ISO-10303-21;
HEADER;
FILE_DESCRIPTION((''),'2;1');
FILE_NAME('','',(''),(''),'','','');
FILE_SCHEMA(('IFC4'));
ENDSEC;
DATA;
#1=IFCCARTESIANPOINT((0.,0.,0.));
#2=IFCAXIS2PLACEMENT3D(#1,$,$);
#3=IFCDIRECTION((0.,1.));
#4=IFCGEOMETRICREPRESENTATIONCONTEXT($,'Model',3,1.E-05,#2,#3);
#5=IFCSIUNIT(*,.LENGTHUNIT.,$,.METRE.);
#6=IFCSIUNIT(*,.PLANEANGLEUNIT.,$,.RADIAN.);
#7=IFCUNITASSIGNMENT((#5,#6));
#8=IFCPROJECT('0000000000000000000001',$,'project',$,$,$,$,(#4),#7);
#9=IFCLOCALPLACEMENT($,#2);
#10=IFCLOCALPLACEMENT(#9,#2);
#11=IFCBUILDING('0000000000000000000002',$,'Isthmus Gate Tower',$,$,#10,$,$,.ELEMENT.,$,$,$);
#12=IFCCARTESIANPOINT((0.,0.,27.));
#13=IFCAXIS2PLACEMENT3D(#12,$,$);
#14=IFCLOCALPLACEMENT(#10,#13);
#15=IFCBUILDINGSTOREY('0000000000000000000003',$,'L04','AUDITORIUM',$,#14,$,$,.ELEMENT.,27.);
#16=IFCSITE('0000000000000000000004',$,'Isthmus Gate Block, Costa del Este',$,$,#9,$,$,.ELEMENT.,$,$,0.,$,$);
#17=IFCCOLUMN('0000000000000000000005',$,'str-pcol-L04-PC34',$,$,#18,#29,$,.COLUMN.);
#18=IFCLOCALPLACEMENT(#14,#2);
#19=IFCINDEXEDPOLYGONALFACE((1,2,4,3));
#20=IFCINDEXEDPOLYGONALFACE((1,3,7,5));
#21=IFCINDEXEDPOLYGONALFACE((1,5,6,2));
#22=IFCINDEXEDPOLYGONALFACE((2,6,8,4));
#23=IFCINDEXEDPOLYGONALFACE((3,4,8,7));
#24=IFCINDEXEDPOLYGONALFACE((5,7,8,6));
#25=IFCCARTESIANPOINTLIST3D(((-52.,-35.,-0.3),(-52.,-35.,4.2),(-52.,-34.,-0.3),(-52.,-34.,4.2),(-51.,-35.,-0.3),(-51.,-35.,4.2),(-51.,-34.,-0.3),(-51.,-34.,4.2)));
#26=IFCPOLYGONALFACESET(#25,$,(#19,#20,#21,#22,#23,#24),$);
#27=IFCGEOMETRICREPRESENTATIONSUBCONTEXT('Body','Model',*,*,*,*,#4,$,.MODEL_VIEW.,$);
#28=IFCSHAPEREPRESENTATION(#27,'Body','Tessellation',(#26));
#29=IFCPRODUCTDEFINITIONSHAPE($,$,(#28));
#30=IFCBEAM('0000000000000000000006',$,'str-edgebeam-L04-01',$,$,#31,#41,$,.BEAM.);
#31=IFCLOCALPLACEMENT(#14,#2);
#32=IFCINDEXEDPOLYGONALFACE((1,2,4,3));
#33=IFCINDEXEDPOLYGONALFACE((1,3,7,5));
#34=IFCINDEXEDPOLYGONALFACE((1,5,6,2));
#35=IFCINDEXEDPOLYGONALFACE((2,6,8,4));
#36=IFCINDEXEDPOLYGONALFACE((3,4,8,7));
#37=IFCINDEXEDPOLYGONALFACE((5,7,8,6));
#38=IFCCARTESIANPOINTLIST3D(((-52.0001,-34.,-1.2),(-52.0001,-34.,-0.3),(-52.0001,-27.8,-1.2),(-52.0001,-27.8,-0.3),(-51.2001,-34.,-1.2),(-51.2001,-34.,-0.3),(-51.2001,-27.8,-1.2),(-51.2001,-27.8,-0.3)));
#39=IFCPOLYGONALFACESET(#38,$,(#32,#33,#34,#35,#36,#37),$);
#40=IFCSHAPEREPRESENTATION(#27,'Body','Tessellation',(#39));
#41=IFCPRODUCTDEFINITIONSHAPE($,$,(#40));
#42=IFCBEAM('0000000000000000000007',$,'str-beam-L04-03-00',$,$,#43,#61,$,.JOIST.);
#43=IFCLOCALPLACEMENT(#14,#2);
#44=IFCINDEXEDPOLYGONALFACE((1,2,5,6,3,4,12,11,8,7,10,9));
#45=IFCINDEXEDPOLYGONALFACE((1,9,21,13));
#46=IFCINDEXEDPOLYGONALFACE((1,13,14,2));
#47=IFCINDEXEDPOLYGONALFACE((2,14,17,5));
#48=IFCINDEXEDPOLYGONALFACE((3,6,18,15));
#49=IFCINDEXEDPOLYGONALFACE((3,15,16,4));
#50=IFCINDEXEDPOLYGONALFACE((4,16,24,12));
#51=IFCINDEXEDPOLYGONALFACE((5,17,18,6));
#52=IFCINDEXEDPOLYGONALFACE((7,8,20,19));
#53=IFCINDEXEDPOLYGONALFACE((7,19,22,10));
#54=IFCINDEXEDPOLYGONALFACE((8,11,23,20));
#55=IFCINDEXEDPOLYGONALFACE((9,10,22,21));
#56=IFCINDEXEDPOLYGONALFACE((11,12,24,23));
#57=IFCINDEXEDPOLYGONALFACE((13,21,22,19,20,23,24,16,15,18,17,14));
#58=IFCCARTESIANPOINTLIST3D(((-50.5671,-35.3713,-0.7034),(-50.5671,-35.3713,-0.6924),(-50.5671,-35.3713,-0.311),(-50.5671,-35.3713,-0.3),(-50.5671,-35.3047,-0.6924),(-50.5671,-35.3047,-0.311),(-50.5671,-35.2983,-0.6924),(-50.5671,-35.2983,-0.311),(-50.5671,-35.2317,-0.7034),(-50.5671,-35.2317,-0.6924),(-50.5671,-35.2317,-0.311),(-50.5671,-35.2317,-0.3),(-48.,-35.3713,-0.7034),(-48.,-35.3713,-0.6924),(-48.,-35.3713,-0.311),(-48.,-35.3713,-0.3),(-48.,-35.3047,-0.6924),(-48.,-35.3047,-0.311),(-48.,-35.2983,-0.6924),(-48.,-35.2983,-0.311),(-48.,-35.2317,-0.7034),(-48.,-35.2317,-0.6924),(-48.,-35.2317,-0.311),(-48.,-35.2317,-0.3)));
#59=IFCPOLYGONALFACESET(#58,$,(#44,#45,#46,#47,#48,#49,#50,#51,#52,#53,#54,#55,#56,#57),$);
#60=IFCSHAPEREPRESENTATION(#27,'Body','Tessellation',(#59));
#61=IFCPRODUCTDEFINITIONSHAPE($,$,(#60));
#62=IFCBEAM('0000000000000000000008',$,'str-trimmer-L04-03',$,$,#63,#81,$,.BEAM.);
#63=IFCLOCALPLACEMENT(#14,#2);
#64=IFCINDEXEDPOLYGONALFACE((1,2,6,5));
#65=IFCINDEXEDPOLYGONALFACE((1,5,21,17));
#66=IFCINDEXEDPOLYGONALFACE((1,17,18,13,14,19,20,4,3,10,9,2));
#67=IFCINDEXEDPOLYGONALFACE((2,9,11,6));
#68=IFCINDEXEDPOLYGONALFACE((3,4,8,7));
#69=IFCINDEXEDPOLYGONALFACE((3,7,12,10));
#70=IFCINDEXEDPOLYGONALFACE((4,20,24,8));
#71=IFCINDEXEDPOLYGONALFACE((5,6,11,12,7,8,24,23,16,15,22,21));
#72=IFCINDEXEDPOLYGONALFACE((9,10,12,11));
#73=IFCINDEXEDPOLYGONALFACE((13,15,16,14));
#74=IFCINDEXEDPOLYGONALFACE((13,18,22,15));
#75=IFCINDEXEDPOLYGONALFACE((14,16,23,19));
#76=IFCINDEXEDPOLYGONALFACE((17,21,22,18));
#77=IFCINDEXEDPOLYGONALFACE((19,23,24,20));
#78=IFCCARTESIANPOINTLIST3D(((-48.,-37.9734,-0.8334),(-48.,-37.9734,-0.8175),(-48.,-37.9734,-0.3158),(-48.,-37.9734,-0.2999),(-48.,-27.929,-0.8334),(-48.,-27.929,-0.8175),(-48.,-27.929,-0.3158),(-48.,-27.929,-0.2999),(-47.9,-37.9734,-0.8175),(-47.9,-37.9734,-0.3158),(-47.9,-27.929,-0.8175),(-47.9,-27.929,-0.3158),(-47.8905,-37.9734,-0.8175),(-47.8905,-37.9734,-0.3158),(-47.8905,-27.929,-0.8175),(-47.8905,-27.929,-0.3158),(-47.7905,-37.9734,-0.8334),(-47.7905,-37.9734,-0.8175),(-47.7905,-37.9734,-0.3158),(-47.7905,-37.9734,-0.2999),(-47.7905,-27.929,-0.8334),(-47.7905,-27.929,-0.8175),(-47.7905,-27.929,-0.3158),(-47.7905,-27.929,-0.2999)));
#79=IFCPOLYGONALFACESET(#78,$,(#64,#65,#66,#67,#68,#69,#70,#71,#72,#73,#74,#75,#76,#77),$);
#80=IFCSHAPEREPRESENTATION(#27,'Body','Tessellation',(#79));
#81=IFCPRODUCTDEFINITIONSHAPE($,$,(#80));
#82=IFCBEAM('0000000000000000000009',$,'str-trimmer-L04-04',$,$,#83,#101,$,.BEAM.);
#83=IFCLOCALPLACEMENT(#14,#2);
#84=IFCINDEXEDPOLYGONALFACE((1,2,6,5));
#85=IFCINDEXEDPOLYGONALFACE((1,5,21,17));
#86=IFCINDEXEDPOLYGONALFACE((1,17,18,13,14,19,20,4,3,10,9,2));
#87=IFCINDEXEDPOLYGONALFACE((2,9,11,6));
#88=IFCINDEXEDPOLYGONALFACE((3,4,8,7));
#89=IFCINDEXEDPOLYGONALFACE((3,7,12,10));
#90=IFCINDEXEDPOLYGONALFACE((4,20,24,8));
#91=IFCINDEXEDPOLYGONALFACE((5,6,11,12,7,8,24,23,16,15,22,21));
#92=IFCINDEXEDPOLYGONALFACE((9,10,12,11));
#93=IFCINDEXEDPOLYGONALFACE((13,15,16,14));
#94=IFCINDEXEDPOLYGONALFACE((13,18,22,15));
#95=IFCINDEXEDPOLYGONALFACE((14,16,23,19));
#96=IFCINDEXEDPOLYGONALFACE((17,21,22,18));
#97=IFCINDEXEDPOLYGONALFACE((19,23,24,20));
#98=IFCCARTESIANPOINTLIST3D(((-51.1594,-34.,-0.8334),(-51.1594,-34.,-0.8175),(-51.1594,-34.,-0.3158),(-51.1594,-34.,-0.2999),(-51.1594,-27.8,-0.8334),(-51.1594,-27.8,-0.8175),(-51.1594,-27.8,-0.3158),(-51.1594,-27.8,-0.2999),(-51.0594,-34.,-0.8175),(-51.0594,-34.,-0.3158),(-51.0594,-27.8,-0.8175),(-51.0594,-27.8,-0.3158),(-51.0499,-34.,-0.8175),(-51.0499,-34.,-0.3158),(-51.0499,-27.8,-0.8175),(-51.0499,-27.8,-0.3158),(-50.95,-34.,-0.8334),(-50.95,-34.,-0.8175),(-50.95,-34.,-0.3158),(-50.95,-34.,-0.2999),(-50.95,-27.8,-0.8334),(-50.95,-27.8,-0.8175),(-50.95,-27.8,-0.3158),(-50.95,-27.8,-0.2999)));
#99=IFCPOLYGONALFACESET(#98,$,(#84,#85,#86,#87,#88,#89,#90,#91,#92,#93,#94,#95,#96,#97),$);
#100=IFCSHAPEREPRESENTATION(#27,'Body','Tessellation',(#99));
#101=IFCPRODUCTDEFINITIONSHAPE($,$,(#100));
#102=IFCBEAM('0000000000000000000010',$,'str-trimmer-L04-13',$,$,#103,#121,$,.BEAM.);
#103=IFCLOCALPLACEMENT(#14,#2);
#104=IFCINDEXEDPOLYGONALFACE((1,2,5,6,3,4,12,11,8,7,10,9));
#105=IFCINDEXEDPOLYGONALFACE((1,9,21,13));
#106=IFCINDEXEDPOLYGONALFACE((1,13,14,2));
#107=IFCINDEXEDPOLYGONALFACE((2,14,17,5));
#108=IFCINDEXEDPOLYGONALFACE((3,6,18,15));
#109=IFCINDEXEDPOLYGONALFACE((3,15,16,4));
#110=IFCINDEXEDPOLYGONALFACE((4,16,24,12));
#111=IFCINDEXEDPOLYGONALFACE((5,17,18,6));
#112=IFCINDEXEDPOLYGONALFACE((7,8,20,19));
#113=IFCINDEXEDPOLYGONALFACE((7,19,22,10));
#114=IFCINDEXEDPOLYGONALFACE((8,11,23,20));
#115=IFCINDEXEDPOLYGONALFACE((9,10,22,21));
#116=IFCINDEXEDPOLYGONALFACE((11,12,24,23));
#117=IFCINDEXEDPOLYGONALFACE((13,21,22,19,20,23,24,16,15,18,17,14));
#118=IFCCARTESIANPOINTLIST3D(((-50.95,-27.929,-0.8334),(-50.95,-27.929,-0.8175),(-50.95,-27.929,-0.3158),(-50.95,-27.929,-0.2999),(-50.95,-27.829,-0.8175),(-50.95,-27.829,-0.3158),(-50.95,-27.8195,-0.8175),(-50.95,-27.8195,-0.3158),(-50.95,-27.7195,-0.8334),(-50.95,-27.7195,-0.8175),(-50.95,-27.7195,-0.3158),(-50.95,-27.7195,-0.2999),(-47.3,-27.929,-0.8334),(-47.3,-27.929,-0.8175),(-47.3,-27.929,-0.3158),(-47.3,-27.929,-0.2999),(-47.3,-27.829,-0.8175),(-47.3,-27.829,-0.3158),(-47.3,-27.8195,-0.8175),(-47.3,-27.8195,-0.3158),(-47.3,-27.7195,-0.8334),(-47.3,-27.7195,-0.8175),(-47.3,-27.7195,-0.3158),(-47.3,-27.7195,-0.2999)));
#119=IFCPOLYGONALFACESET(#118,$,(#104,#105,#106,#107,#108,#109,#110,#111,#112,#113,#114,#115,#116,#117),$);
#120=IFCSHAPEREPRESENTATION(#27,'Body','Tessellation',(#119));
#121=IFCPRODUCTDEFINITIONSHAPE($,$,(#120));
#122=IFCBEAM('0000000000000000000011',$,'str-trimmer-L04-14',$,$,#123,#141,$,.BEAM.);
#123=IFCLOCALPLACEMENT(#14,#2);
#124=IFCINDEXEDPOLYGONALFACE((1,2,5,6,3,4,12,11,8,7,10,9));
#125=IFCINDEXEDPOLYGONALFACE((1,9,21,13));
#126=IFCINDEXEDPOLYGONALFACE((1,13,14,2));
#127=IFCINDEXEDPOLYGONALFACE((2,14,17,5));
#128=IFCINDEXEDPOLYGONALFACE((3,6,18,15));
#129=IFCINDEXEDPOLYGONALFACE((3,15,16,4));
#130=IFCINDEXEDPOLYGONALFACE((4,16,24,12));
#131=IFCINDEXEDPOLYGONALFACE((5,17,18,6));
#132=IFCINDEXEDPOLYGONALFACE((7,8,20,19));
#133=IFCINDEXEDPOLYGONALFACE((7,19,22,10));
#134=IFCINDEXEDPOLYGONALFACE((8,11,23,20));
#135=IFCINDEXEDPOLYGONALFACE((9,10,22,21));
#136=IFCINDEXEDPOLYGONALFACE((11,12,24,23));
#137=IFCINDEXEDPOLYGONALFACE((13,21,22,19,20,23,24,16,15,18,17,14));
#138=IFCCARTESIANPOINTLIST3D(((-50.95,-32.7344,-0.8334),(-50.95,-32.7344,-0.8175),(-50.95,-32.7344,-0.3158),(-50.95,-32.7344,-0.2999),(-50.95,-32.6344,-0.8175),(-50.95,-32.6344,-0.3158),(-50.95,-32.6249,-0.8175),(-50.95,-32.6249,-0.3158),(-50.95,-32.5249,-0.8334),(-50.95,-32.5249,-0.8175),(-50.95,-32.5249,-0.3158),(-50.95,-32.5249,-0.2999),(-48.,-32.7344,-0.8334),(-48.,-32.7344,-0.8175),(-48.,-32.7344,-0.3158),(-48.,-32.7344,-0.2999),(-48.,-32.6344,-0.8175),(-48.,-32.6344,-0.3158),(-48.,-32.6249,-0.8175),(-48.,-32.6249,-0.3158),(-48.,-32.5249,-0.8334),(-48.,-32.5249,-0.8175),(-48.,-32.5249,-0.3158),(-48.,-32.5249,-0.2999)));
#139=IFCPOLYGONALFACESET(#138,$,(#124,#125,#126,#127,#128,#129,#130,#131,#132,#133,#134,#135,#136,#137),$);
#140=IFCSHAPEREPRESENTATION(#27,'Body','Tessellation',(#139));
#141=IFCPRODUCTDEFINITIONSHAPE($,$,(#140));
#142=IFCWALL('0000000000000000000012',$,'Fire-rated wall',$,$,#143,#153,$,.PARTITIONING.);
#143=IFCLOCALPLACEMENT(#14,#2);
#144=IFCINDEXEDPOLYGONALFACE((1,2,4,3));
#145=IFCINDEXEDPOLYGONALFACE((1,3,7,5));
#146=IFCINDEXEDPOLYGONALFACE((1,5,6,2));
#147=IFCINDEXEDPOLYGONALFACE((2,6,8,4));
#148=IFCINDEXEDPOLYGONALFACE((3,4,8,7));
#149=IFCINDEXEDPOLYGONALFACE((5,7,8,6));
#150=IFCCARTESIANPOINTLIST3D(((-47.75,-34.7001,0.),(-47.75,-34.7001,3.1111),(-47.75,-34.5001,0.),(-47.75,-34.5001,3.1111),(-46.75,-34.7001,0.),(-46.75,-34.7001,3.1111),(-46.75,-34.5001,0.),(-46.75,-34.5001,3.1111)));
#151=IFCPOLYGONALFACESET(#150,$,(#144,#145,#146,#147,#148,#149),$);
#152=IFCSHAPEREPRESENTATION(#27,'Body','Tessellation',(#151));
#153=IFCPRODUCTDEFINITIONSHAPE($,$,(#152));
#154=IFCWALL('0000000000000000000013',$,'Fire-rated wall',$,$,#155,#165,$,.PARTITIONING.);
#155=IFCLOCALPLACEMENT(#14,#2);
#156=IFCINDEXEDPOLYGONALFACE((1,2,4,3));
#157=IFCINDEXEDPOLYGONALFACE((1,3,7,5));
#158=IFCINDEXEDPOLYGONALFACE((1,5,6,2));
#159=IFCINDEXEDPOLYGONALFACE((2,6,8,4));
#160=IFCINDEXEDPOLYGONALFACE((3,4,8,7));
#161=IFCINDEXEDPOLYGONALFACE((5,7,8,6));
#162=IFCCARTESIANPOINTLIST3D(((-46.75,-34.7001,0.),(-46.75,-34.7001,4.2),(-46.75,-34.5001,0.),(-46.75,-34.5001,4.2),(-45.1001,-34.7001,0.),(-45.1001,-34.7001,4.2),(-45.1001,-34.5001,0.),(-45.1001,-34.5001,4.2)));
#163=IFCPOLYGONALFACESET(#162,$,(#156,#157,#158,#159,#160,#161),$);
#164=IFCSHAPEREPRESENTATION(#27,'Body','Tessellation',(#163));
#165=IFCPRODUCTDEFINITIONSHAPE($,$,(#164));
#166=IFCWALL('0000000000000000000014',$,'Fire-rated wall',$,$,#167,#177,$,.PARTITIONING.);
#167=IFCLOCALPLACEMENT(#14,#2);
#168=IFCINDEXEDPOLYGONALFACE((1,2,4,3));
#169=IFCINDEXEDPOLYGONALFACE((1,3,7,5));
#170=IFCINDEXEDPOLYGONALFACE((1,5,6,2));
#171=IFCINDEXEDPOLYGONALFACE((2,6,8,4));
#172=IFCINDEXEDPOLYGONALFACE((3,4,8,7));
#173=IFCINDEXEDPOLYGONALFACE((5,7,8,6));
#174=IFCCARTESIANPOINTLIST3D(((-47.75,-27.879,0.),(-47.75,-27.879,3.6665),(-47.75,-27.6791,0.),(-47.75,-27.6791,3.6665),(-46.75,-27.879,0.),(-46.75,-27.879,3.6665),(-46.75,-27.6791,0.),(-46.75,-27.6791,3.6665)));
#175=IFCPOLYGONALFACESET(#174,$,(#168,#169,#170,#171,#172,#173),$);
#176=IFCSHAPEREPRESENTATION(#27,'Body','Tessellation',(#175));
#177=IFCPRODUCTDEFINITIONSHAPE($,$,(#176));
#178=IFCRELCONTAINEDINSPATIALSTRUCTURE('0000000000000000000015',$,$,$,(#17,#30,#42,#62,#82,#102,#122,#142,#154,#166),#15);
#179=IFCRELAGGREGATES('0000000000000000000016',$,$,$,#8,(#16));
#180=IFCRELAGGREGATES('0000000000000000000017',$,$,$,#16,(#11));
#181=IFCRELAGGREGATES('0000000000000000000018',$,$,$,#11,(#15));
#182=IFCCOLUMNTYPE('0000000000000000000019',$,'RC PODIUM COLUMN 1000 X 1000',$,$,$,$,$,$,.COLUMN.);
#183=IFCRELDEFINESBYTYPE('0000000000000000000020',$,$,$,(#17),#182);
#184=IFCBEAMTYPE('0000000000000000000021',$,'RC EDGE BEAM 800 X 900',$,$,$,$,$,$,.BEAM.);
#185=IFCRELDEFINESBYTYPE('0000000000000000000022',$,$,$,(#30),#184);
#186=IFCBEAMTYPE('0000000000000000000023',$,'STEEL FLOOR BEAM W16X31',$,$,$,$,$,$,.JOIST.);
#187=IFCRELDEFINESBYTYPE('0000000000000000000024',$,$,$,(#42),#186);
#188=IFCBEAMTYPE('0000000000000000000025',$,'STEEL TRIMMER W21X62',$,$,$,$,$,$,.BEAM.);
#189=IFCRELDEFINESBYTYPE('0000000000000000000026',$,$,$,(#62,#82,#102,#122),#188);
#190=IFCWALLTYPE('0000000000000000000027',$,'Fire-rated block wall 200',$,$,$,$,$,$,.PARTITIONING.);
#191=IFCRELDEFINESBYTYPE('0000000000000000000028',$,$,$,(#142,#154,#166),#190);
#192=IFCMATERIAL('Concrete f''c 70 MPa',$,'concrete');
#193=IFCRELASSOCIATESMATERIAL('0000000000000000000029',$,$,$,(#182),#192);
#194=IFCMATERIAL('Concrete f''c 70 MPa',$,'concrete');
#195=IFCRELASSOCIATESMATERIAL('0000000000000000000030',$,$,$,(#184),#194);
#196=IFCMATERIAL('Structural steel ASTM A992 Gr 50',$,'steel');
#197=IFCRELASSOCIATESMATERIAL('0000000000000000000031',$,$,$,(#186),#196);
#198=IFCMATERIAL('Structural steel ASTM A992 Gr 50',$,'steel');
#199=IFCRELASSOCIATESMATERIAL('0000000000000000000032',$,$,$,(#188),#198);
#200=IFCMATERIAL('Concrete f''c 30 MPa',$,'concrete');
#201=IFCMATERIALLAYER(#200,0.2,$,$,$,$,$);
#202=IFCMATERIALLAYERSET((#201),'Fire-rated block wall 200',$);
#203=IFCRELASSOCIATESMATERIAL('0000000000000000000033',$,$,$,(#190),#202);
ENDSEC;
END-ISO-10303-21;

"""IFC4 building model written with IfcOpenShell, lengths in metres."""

from ifc_helpers import new_model, si_unit, direction, frame, frame_2d, origin, origin_2d, place, context, subcontext, project, spatial, rectangle, i_section, extrude, material, layer, layer_set, material_profile, profile_set, type_object, element, save


model = new_model("IFC4")

# Units and contexts
model_context = context("Model", 3, precision=1e-05, world=origin(), true_north=direction((0.0, 1.0)))
body_context = subcontext(model_context, "Body", "Model", "MODEL_VIEW")
ifc_project = project(units=[si_unit("LENGTHUNIT", "METRE"), si_unit("PLANEANGLEUNIT", "RADIAN")], contexts=[model_context])

# Site, building, storey
site_placement = place(None, origin())
site = spatial("IfcSite", under=ifc_project, at=site_placement, Name="Isthmus Gate Block, Costa del Este", CompositionType="ELEMENT", RefElevation=0.0)
building_placement = place(site_placement, origin())
building = spatial("IfcBuilding", under=site, at=building_placement, Name="Isthmus Gate Tower", CompositionType="ELEMENT")
storey_placement = place(building_placement, frame((0.0, 0.0, 27.0)))
storey = spatial("IfcBuildingStorey", under=building, at=storey_placement, Name="L04", Description="AUDITORIUM", CompositionType="ELEMENT", Elevation=27.0)

# Column
ifc_material_1 = material(Name="Concrete f'c 70 MPa", Category="concrete")
ifc_material_profile_1 = material_profile(ifc_material_1, rectangle(XDim=1.0, YDim=1.0, at=origin_2d()), Name="RC 1000X1000")
ifc_profile_set_1 = profile_set([ifc_material_profile_1], Name="Concrete f'c 70 MPa")
column_type = type_object("IfcColumnType", Name="RC PODIUM COLUMN 1000 X 1000", PredefinedType="COLUMN", material=ifc_profile_set_1)
column_placement = place(storey_placement, frame((-51.5, -34.5, -0.3), z_axis=(0.0, 0.0, 1.0), x_axis=(0.0, -1.0, 0.0)))
element("IfcColumn", 1, at=column_placement, inside=storey, type_object=column_type, Name="str-pcol-L04-PC34", PredefinedType="COLUMN", context=body_context, shape_type="SweptSolid", body=[
    extrude(rectangle(XDim=1.0, YDim=1.0, at=origin_2d()), origin(), (0.0, 0.0, 1.0), 4.5),
])

# Beams
ifc_material_2 = material(Name="Concrete f'c 70 MPa", Category="concrete")
ifc_material_profile_2 = material_profile(ifc_material_2, rectangle(XDim=0.8, YDim=0.8999, at=origin_2d()), Name="RC 800X900")
ifc_profile_set_2 = profile_set([ifc_material_profile_2], Name="Concrete f'c 70 MPa")
beam_type_1 = type_object("IfcBeamType", Name="RC EDGE BEAM 800 X 900", PredefinedType="BEAM", material=ifc_profile_set_2)
beam_1_placement = place(storey_placement, frame((-51.6001, -34.0, -0.75), z_axis=(0.0, 1.0, 0.0), x_axis=(-1.0, 0.0, 0.0)))
element("IfcBeam", 2, at=beam_1_placement, inside=storey, type_object=beam_type_1, Name="str-edgebeam-L04-01", PredefinedType="BEAM", context=body_context, shape_type="SweptSolid", body=[
    extrude(rectangle(XDim=0.8, YDim=0.8999, at=origin_2d()), origin(), (0.0, 0.0, 1.0), 6.2),
])
ifc_material_3 = material(Name="Structural steel ASTM A992 Gr 50", Category="steel")
ifc_material_profile_3 = material_profile(ifc_material_3, i_section(OverallWidth=0.1396, OverallDepth=0.4033, WebThickness=0.0063, FlangeThickness=0.011, at=origin_2d()), Name="W16X31")
ifc_profile_set_3 = profile_set([ifc_material_profile_3], Name="Structural steel ASTM A992 Gr 50")
beam_type_2 = type_object("IfcBeamType", Name="STEEL FLOOR BEAM W16X31", PredefinedType="JOIST", material=ifc_profile_set_3)
beam_2_placement = place(storey_placement, frame((-50.5671, -35.3015, -0.5017), z_axis=(1.0, 0.0, 0.0), x_axis=(0.0, 1.0, 0.0)))
element("IfcBeam", 3, at=beam_2_placement, inside=storey, type_object=beam_type_2, Name="str-beam-L04-03-00", PredefinedType="JOIST", context=body_context, shape_type="SweptSolid", body=[
    extrude(i_section(OverallWidth=0.1396, OverallDepth=0.4033, WebThickness=0.0063, FlangeThickness=0.011, at=origin_2d()), origin(), (0.0, 0.0, 1.0), 2.5671),
])
ifc_material_4 = material(Name="Structural steel ASTM A992 Gr 50", Category="steel")
ifc_material_profile_4 = material_profile(ifc_material_4, i_section(OverallWidth=0.2095, OverallDepth=0.5334, WebThickness=0.0095, FlangeThickness=0.0159, at=origin_2d()), Name="W21X62")
ifc_profile_set_4 = profile_set([ifc_material_profile_4], Name="Structural steel ASTM A992 Gr 50")
beam_type_3 = type_object("IfcBeamType", Name="STEEL TRIMMER W21X62", PredefinedType="BEAM", material=ifc_profile_set_4)
beam_3_placement = place(storey_placement, frame((-47.8953, -37.9734, -0.5667), z_axis=(0.0, 1.0, 0.0), x_axis=(-1.0, 0.0, 0.0)))
element("IfcBeam", 4, at=beam_3_placement, inside=storey, type_object=beam_type_3, Name="str-trimmer-L04-03", PredefinedType="BEAM", context=body_context, shape_type="SweptSolid", body=[
    extrude(i_section(OverallWidth=0.2095, OverallDepth=0.5334, WebThickness=0.0095, FlangeThickness=0.0159, at=origin_2d()), origin(), (0.0, 0.0, 1.0), 10.0444),
])
beam_4_placement = place(storey_placement, frame((-51.0547, -27.8, -0.5667), z_axis=(0.0, -1.0, 0.0), x_axis=(1.0, 0.0, 0.0)))
element("IfcBeam", 5, at=beam_4_placement, inside=storey, type_object=beam_type_3, Name="str-trimmer-L04-04", PredefinedType="BEAM", context=body_context, shape_type="SweptSolid", body=[
    extrude(i_section(OverallWidth=0.2095, OverallDepth=0.5334, WebThickness=0.0095, FlangeThickness=0.0159, at=origin_2d()), origin(), (0.0, 0.0, 1.0), 6.2),
])
beam_5_placement = place(storey_placement, frame((-47.3, -27.8242, -0.5667), z_axis=(-1.0, 0.0, 0.0), x_axis=(0.0, -1.0, 0.0)))
element("IfcBeam", 6, at=beam_5_placement, inside=storey, type_object=beam_type_3, Name="str-trimmer-L04-13", PredefinedType="BEAM", context=body_context, shape_type="SweptSolid", body=[
    extrude(i_section(OverallWidth=0.2095, OverallDepth=0.5334, WebThickness=0.0095, FlangeThickness=0.0159, at=origin_2d()), origin(), (0.0, 0.0, 1.0), 3.6499),
])
beam_6_placement = place(storey_placement, frame((-50.95, -32.6296, -0.5667), z_axis=(1.0, 0.0, 0.0), x_axis=(0.0, 1.0, 0.0)))
element("IfcBeam", 7, at=beam_6_placement, inside=storey, type_object=beam_type_3, Name="str-trimmer-L04-14", PredefinedType="BEAM", context=body_context, shape_type="SweptSolid", body=[
    extrude(i_section(OverallWidth=0.2095, OverallDepth=0.5334, WebThickness=0.0095, FlangeThickness=0.0159, at=origin_2d()), origin(), (0.0, 0.0, 1.0), 2.95),
])

# Walls
ifc_material_5 = material(Name="Concrete f'c 30 MPa", Category="concrete")
ifc_layer_1 = layer(ifc_material_5, 0.2)
ifc_layer_set_1 = layer_set([ifc_layer_1], Name="Fire-rated block wall 200")
wall_type_1 = type_object("IfcWallType", Name="Fire-rated block wall 200", PredefinedType="PARTITIONING", material=ifc_layer_set_1)
wall_1_placement = place(storey_placement, frame((-47.75, -34.6001, 0.0), z_axis=(0.0, 0.0, 1.0), x_axis=(1.0, 0.0, 0.0)))
element("IfcWall", 8, at=wall_1_placement, inside=storey, type_object=wall_type_1, Name="Fire-rated wall", PredefinedType="PARTITIONING", context=body_context, shape_type="SweptSolid", body=[
    extrude(rectangle(XDim=1.0, YDim=0.2, at=frame_2d((0.5, 0.0))), origin(), (0.0, 0.0, 1.0), 3.1111),
])
wall_2_placement = place(storey_placement, frame((-46.75, -34.6001, 0.0), z_axis=(0.0, 0.0, 1.0), x_axis=(1.0, 0.0, 0.0)))
element("IfcWall", 9, at=wall_2_placement, inside=storey, type_object=wall_type_1, Name="Fire-rated wall", PredefinedType="PARTITIONING", context=body_context, shape_type="SweptSolid", body=[
    extrude(rectangle(XDim=1.6499, YDim=0.2, at=frame_2d((0.825, 0.0))), origin(), (0.0, 0.0, 1.0), 4.2),
])
wall_3_placement = place(storey_placement, frame((-47.75, -27.7791, 0.0), z_axis=(0.0, 0.0, 1.0), x_axis=(1.0, 0.0, 0.0)))
element("IfcWall", 10, at=wall_3_placement, inside=storey, type_object=wall_type_1, Name="Fire-rated wall", PredefinedType="PARTITIONING", context=body_context, shape_type="SweptSolid", body=[
    extrude(rectangle(XDim=1.0, YDim=0.2, at=frame_2d((0.5, 0.0))), origin(), (0.0, 0.0, 1.0), 3.6665),
])

save(model, "model.ifc")
